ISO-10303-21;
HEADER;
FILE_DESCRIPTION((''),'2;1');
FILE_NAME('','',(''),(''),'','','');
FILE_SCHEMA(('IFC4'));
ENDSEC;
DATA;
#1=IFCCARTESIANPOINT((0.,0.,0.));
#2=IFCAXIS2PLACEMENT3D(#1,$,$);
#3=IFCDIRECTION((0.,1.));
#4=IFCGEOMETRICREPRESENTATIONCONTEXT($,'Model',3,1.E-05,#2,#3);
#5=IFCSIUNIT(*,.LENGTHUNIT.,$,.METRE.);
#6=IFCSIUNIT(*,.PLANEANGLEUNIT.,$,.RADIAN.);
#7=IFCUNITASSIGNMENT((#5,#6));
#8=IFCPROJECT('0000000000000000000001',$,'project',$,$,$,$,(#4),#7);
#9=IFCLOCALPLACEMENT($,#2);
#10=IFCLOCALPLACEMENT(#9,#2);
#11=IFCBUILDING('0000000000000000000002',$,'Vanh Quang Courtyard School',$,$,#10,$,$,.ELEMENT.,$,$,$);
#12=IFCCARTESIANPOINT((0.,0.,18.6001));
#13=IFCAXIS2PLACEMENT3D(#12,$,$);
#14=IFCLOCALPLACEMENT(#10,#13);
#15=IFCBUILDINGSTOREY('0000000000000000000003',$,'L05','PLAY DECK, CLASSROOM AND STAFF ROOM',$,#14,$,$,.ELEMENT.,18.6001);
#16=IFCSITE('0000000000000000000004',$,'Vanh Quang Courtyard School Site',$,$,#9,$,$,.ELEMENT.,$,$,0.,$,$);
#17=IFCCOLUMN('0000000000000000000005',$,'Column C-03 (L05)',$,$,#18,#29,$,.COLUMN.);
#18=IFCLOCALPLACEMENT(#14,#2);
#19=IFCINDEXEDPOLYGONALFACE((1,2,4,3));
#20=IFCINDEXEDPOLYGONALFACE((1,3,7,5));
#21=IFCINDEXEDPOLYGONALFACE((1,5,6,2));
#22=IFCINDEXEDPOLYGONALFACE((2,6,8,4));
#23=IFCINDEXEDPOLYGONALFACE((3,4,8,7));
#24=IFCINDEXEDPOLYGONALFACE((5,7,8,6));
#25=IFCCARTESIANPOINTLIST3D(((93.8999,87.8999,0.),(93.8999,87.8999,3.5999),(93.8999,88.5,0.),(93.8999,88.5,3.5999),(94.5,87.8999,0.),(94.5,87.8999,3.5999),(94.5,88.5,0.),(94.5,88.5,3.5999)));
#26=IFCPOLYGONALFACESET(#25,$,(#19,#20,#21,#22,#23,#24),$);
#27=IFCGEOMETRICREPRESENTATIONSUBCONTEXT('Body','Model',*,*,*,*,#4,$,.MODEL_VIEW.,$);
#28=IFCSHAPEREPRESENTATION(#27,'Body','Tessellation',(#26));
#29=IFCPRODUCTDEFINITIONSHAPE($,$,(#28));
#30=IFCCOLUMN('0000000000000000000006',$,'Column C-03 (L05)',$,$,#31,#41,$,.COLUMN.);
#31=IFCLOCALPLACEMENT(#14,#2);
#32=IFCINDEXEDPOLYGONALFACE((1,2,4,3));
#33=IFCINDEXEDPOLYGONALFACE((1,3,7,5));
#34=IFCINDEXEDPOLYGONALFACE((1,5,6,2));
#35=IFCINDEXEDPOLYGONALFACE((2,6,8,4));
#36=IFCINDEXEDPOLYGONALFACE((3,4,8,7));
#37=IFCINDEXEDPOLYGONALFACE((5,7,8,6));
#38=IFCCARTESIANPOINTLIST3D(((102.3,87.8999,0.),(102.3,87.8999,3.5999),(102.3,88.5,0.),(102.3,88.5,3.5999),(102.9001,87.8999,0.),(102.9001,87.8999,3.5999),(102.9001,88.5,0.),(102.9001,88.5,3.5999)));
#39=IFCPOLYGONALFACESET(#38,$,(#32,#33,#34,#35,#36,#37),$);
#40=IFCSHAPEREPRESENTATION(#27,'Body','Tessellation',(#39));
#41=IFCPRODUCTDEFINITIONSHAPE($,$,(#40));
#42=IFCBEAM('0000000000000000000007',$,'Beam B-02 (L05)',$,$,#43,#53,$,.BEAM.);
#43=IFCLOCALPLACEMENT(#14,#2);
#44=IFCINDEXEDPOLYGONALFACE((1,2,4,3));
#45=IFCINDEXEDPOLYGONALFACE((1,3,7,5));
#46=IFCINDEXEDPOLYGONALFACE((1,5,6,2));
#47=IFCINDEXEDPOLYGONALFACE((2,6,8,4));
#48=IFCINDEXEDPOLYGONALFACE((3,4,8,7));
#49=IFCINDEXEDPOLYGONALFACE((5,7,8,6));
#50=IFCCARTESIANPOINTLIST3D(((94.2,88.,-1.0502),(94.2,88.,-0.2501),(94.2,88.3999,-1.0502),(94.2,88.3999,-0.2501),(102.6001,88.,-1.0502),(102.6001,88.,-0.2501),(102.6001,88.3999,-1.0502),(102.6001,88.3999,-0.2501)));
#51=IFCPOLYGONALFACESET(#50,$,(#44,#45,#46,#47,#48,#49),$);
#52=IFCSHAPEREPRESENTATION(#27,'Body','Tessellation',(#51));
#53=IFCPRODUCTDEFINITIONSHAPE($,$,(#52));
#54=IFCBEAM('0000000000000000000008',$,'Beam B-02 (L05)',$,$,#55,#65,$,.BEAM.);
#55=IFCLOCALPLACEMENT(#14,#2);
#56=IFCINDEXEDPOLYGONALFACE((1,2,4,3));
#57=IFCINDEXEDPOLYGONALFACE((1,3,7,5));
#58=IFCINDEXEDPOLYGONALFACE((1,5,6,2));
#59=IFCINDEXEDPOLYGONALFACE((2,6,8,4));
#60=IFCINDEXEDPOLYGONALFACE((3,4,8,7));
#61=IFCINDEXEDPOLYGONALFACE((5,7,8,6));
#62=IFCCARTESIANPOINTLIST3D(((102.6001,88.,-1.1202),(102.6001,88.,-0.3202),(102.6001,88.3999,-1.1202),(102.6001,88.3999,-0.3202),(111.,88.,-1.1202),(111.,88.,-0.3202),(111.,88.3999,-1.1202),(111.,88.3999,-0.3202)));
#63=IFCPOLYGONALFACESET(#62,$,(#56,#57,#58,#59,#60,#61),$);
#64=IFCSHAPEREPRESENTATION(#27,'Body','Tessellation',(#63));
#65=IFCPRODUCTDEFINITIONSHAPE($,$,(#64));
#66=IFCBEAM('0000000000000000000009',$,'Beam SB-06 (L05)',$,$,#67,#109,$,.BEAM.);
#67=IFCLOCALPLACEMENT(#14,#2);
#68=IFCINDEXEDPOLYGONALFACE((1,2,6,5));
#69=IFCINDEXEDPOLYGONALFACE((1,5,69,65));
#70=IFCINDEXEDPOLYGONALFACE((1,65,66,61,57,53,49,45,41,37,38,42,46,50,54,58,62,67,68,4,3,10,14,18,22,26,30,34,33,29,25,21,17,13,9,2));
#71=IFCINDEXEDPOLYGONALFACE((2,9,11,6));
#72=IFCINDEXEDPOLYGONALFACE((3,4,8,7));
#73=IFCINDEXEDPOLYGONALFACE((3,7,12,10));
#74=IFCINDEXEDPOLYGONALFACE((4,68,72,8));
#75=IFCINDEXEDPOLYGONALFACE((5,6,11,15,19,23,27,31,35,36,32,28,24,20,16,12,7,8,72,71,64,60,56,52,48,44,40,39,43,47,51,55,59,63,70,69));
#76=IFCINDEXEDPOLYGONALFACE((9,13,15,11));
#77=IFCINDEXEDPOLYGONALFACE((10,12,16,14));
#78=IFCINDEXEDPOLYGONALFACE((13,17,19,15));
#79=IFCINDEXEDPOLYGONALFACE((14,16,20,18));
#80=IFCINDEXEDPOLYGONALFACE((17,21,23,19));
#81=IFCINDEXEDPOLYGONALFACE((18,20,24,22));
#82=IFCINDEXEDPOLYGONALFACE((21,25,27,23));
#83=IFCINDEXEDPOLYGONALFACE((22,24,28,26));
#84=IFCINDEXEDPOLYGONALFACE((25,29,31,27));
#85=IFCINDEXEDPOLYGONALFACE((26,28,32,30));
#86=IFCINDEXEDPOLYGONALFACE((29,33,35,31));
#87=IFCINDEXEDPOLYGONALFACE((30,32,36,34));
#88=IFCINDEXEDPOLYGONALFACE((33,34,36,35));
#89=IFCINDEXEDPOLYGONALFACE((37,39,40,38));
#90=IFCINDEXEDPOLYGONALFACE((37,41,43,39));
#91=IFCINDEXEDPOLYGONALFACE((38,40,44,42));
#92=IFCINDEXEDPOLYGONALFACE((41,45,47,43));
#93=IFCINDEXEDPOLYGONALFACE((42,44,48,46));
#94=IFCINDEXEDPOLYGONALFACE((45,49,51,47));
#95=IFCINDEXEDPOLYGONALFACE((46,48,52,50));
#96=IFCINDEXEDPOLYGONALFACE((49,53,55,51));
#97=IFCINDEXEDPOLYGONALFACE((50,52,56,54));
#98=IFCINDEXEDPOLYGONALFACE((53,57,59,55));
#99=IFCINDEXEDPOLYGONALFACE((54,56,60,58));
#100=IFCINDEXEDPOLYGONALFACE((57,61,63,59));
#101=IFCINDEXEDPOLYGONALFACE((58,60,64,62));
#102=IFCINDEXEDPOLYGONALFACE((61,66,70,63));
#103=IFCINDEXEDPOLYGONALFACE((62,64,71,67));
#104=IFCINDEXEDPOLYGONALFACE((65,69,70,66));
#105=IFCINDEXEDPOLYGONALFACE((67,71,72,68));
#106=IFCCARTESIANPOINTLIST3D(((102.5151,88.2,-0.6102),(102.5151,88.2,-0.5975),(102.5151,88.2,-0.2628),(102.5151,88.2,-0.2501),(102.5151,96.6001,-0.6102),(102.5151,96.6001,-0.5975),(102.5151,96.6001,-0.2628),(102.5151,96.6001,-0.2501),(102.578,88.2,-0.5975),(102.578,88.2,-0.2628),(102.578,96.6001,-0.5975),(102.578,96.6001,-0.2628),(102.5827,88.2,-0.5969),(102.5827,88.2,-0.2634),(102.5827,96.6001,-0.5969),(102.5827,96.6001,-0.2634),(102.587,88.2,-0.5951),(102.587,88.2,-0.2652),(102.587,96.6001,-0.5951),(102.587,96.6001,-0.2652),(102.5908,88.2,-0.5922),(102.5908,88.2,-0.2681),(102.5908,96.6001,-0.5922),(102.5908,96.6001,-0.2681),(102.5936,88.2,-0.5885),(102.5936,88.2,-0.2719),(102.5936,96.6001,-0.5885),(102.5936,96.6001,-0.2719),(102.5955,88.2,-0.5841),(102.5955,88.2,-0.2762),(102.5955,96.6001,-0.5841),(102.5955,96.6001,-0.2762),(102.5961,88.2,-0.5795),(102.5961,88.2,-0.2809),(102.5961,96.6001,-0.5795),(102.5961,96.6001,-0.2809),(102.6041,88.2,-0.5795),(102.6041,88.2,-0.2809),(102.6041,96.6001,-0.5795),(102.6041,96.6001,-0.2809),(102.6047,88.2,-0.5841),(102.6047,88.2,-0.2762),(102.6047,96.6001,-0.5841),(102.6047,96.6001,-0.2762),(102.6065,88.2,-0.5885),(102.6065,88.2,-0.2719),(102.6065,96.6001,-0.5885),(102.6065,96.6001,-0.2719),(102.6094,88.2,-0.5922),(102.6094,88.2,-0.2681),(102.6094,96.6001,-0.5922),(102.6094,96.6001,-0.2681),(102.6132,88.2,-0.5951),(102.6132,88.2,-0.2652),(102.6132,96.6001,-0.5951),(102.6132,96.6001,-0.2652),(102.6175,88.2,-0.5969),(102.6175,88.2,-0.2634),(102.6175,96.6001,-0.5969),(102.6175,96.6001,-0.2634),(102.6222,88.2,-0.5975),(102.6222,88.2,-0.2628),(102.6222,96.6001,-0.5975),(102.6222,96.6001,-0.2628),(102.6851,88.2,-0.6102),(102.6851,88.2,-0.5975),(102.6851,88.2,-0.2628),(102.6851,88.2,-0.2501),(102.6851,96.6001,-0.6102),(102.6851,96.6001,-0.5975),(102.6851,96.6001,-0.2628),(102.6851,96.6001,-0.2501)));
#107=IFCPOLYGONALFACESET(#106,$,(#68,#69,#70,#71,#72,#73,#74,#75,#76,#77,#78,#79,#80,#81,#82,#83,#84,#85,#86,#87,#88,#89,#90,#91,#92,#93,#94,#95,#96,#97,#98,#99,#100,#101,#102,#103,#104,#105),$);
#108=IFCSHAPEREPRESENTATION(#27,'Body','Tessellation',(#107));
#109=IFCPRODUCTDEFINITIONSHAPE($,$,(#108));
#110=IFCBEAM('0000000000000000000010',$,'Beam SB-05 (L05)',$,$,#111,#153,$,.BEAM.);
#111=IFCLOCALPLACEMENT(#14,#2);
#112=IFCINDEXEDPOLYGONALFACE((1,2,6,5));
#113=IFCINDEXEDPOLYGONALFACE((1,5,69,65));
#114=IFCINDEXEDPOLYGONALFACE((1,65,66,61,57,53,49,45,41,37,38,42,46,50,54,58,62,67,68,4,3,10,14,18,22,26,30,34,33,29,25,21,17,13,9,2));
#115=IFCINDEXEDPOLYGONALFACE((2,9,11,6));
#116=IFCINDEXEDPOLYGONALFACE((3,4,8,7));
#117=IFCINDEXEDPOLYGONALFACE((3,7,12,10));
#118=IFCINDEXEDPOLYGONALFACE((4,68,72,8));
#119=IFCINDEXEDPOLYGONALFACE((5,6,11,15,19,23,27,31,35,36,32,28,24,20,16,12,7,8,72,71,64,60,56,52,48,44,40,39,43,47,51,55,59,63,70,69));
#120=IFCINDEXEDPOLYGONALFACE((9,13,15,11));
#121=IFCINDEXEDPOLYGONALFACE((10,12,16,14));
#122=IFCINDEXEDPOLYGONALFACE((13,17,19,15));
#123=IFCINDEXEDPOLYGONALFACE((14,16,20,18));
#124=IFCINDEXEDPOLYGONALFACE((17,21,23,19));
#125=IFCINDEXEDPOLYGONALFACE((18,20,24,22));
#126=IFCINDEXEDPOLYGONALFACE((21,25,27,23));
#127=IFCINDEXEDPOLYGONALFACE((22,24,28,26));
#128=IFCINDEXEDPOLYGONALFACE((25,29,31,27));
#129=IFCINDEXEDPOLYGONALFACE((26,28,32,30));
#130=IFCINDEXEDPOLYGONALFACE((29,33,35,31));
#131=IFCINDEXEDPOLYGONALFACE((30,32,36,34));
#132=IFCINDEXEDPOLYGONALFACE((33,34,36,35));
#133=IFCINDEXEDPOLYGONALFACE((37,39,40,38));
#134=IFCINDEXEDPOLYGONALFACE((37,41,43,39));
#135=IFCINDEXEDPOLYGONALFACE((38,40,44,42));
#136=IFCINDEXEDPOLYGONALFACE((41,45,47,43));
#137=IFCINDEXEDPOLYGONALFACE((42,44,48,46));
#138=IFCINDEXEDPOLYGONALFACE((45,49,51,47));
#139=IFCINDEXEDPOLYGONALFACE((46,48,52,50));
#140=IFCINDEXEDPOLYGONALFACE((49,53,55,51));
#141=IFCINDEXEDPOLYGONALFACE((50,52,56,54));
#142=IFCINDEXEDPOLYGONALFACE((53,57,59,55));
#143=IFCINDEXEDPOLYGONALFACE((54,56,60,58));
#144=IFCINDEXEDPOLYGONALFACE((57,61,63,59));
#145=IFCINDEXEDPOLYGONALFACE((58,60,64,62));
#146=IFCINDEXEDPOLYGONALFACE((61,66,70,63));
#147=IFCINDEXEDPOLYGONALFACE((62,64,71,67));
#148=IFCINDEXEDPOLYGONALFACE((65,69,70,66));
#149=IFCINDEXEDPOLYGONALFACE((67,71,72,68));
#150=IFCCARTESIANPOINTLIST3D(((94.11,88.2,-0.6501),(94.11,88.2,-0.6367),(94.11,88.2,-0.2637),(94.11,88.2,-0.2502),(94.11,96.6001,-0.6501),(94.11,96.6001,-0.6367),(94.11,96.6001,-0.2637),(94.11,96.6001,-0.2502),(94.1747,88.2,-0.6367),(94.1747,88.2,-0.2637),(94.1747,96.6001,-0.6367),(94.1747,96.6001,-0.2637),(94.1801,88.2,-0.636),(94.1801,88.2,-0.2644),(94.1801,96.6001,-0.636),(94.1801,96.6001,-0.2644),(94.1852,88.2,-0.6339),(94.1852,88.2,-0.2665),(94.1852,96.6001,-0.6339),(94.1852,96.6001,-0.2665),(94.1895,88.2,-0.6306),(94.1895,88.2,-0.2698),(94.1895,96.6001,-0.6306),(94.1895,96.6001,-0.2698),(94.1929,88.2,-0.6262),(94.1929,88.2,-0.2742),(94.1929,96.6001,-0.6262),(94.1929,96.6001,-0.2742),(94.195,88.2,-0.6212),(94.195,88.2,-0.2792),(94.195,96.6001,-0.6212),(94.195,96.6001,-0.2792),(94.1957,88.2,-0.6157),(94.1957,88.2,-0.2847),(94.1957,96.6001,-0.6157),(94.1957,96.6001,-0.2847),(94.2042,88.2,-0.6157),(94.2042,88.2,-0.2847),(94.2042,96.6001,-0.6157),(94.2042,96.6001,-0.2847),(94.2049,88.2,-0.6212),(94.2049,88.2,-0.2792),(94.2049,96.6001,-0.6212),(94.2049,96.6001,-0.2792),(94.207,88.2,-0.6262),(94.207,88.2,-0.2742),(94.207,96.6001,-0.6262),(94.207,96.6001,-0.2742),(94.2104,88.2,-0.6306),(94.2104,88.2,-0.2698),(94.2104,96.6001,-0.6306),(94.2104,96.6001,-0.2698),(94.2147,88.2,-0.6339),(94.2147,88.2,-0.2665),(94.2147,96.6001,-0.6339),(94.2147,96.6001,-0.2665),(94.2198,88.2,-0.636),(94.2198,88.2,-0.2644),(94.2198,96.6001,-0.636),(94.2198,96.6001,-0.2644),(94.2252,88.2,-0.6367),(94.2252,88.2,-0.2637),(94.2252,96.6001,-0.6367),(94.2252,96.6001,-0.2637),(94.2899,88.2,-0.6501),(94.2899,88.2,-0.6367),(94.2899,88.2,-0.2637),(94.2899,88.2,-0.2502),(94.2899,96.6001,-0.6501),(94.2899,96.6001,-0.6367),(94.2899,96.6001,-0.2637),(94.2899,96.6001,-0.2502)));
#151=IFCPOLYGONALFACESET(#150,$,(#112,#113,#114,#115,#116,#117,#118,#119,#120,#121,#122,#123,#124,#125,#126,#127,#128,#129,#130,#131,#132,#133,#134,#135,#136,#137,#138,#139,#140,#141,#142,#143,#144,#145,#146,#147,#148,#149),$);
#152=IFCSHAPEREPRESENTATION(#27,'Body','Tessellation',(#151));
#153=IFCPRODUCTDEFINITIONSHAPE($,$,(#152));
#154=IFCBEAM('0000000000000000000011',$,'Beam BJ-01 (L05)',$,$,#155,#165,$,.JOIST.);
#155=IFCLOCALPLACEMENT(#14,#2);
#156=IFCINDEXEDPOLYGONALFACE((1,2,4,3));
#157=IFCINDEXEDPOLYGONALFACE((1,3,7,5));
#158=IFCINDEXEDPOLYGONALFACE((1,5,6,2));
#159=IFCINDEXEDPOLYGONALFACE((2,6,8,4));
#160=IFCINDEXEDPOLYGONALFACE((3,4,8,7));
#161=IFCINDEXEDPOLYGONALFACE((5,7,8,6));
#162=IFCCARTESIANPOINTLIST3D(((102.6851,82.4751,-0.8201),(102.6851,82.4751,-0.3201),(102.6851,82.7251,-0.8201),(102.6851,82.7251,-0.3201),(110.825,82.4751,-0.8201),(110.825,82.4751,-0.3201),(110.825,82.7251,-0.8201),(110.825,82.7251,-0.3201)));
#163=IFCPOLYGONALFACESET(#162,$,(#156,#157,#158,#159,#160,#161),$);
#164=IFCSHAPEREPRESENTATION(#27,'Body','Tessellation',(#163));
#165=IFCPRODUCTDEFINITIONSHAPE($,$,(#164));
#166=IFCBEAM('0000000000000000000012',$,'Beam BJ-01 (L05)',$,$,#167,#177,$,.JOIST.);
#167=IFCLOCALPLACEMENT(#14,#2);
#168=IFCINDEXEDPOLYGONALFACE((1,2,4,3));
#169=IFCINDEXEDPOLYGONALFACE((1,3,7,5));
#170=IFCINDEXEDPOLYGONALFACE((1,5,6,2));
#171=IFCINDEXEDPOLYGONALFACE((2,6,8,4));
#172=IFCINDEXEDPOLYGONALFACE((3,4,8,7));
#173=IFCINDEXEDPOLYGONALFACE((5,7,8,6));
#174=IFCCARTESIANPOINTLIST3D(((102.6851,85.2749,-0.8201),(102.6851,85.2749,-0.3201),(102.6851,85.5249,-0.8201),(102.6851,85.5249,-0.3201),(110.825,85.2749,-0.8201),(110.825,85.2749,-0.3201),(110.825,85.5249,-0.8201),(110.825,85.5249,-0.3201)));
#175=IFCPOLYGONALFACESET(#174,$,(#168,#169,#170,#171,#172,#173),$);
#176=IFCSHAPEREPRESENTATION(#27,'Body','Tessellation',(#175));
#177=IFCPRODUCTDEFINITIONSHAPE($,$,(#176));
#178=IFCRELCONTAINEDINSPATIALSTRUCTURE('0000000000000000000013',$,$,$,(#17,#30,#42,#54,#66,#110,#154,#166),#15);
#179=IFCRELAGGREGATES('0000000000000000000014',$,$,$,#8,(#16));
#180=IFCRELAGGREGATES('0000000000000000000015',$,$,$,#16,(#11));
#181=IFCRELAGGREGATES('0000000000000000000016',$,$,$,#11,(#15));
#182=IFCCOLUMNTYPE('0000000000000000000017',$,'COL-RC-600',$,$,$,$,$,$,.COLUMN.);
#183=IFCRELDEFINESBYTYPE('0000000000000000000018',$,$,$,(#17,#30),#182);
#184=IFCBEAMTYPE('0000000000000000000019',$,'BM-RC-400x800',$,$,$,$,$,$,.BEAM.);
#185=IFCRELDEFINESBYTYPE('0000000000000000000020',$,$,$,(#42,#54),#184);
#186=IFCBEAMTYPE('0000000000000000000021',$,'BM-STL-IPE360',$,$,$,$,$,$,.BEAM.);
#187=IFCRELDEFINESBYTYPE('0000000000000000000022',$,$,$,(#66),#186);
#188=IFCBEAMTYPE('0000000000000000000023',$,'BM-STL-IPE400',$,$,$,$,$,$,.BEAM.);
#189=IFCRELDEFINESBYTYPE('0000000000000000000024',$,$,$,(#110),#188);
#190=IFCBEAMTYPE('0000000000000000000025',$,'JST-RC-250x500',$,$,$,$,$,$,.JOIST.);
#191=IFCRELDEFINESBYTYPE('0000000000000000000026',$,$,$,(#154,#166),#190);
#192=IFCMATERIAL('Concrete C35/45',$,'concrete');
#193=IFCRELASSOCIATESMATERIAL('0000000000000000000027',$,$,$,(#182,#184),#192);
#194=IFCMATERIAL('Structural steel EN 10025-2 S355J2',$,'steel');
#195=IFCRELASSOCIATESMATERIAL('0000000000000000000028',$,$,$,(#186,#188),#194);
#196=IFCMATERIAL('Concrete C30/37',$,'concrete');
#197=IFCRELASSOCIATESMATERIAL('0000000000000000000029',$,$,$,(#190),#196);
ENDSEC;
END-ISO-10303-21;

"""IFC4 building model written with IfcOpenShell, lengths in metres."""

from ifc_helpers import new_model, si_unit, direction, frame, origin, origin_2d, place, context, subcontext, project, spatial, rectangle, i_section, extrude, material, material_profile, profile_set, type_object, element, save


model = new_model("IFC4")

# Units and contexts
model_context = context("Model", 3, precision=1e-05, world=origin(), true_north=direction((0.0, 1.0)))
body_context = subcontext(model_context, "Body", "Model", "MODEL_VIEW")
ifc_project = project(units=[si_unit("LENGTHUNIT", "METRE"), si_unit("PLANEANGLEUNIT", "RADIAN")], contexts=[model_context])

# Site, building, storey
site_placement = place(None, origin())
site = spatial("IfcSite", under=ifc_project, at=site_placement, Name="Vanh Quang Courtyard School Site", CompositionType="ELEMENT", RefElevation=0.0)
building_placement = place(site_placement, origin())
building = spatial("IfcBuilding", under=site, at=building_placement, Name="Vanh Quang Courtyard School", CompositionType="ELEMENT")
storey_placement = place(building_placement, frame((0.0, 0.0, 18.6001)))
storey = spatial("IfcBuildingStorey", under=building, at=storey_placement, Name="L05", Description="PLAY DECK, CLASSROOM AND STAFF ROOM", CompositionType="ELEMENT", Elevation=18.6001)

# Columns
ifc_material_1 = material(Name="Concrete C35/45", Category="concrete")
ifc_material_profile_1 = material_profile(ifc_material_1, rectangle(XDim=0.6001, YDim=0.6001, at=origin_2d()), Name="RC-COL 600x600")
ifc_profile_set_1 = profile_set([ifc_material_profile_1], Name="Concrete C35/45")
column_type = type_object("IfcColumnType", Name="COL-RC-600", PredefinedType="COLUMN", material=ifc_profile_set_1)
for number, where, z_axis, x_axis, name in (
    (1, (94.2, 88.2, 0.0), (0.0, 0.0, 1.0), (1.0, 0.0, 0.0), "Column C-03 (L05)"),
    (2, (102.6001, 88.2, 0.0), (0.0, 0.0, 1.0), (1.0, 0.0, 0.0), "Column C-03 (L05)"),
):
    element("IfcColumn", number, at=place(storey_placement, frame(where, z_axis=z_axis, x_axis=x_axis)), inside=storey, type_object=column_type, Name=name, PredefinedType="COLUMN", context=body_context, shape_type="SweptSolid", body=[
        extrude(rectangle(XDim=0.6001, YDim=0.6001, at=origin_2d()), origin(), (0.0, 0.0, 1.0), 3.5999),
    ])

# Beams
ifc_material_profile_2 = material_profile(ifc_material_1, rectangle(XDim=0.3999, YDim=0.8, at=origin_2d()), Name="RC-BM 400x800")
ifc_profile_set_2 = profile_set([ifc_material_profile_2], Name="Concrete C35/45")
beam_type_1 = type_object("IfcBeamType", Name="BM-RC-400x800", PredefinedType="BEAM", material=ifc_profile_set_2)
beam_1_placement = place(storey_placement, frame((94.2, 88.2, -0.6501), z_axis=(1.0, 0.0, 0.0), x_axis=(0.0, 1.0, 0.0)))
element("IfcBeam", 3, at=beam_1_placement, inside=storey, type_object=beam_type_1, Name="Beam B-02 (L05)", PredefinedType="BEAM", context=body_context, shape_type="SweptSolid", body=[
    extrude(rectangle(XDim=0.3999, YDim=0.8, at=origin_2d()), origin(), (0.0, 0.0, 1.0), 8.4001),
])
beam_2_placement = place(storey_placement, frame((102.6001, 88.2, -0.7202), z_axis=(1.0, 0.0, 0.0), x_axis=(0.0, 1.0, 0.0)))
element("IfcBeam", 4, at=beam_2_placement, inside=storey, type_object=beam_type_1, Name="Beam B-02 (L05)", PredefinedType="BEAM", context=body_context, shape_type="SweptSolid", body=[
    extrude(rectangle(XDim=0.3999, YDim=0.8, at=origin_2d()), origin(), (0.0, 0.0, 1.0), 8.3999),
])
ifc_material_2 = material(Name="Structural steel EN 10025-2 S355J2", Category="steel")
ifc_material_profile_3 = material_profile(ifc_material_2, i_section(OverallWidth=0.1699, OverallDepth=0.3601, WebThickness=0.0081, FlangeThickness=0.0127, FilletRadius=0.0181, at=origin_2d()), Name="IPE 360")
ifc_profile_set_3 = profile_set([ifc_material_profile_3], Name="Structural steel EN 10025-2 S355J2")
beam_type_2 = type_object("IfcBeamType", Name="BM-STL-IPE360", PredefinedType="BEAM", material=ifc_profile_set_3)
beam_3_placement = place(storey_placement, frame((102.6001, 88.2, -0.4302), z_axis=(0.0, 1.0, 0.0), x_axis=(-1.0, 0.0, 0.0)))
element("IfcBeam", 5, at=beam_3_placement, inside=storey, type_object=beam_type_2, Name="Beam SB-06 (L05)", PredefinedType="BEAM", context=body_context, shape_type="SweptSolid", body=[
    extrude(i_section(OverallWidth=0.1699, OverallDepth=0.3601, WebThickness=0.0081, FlangeThickness=0.0127, FilletRadius=0.0181, at=origin_2d()), origin(), (0.0, 0.0, 1.0), 8.4001),
])
ifc_material_profile_4 = material_profile(ifc_material_2, i_section(OverallWidth=0.1799, OverallDepth=0.3999, WebThickness=0.0085, FlangeThickness=0.0134, FilletRadius=0.021, at=origin_2d()), Name="IPE 400")
ifc_profile_set_4 = profile_set([ifc_material_profile_4], Name="Structural steel EN 10025-2 S355J2")
beam_type_3 = type_object("IfcBeamType", Name="BM-STL-IPE400", PredefinedType="BEAM", material=ifc_profile_set_4)
beam_4_placement = place(storey_placement, frame((94.2, 88.2, -0.4502), z_axis=(0.0, 1.0, 0.0), x_axis=(-1.0, 0.0, 0.0)))
element("IfcBeam", 6, at=beam_4_placement, inside=storey, type_object=beam_type_3, Name="Beam SB-05 (L05)", PredefinedType="BEAM", context=body_context, shape_type="SweptSolid", body=[
    extrude(i_section(OverallWidth=0.1799, OverallDepth=0.3999, WebThickness=0.0085, FlangeThickness=0.0134, FilletRadius=0.021, at=origin_2d()), origin(), (0.0, 0.0, 1.0), 8.4001),
])
ifc_material_3 = material(Name="Concrete C30/37", Category="concrete")
ifc_material_profile_5 = material_profile(ifc_material_3, rectangle(XDim=0.25, YDim=0.5, at=origin_2d()), Name="RC-JST 250x500")
ifc_profile_set_5 = profile_set([ifc_material_profile_5], Name="Concrete C30/37")
beam_type_4 = type_object("IfcBeamType", Name="JST-RC-250x500", PredefinedType="JOIST", material=ifc_profile_set_5)
for number, where, z_axis, x_axis, name in (
    (7, (102.6851, 82.6001, -0.5701), (1.0, 0.0, 0.0), (0.0, 1.0, 0.0), "Beam BJ-01 (L05)"),
    (8, (102.6851, 85.3999, -0.5701), (1.0, 0.0, 0.0), (0.0, 1.0, 0.0), "Beam BJ-01 (L05)"),
):
    element("IfcBeam", number, at=place(storey_placement, frame(where, z_axis=z_axis, x_axis=x_axis)), inside=storey, type_object=beam_type_4, Name=name, PredefinedType="JOIST", context=body_context, shape_type="SweptSolid", body=[
        extrude(rectangle(XDim=0.25, YDim=0.5, at=origin_2d()), origin(), (0.0, 0.0, 1.0), 8.1399),
    ])

save(model, "model.ifc")
